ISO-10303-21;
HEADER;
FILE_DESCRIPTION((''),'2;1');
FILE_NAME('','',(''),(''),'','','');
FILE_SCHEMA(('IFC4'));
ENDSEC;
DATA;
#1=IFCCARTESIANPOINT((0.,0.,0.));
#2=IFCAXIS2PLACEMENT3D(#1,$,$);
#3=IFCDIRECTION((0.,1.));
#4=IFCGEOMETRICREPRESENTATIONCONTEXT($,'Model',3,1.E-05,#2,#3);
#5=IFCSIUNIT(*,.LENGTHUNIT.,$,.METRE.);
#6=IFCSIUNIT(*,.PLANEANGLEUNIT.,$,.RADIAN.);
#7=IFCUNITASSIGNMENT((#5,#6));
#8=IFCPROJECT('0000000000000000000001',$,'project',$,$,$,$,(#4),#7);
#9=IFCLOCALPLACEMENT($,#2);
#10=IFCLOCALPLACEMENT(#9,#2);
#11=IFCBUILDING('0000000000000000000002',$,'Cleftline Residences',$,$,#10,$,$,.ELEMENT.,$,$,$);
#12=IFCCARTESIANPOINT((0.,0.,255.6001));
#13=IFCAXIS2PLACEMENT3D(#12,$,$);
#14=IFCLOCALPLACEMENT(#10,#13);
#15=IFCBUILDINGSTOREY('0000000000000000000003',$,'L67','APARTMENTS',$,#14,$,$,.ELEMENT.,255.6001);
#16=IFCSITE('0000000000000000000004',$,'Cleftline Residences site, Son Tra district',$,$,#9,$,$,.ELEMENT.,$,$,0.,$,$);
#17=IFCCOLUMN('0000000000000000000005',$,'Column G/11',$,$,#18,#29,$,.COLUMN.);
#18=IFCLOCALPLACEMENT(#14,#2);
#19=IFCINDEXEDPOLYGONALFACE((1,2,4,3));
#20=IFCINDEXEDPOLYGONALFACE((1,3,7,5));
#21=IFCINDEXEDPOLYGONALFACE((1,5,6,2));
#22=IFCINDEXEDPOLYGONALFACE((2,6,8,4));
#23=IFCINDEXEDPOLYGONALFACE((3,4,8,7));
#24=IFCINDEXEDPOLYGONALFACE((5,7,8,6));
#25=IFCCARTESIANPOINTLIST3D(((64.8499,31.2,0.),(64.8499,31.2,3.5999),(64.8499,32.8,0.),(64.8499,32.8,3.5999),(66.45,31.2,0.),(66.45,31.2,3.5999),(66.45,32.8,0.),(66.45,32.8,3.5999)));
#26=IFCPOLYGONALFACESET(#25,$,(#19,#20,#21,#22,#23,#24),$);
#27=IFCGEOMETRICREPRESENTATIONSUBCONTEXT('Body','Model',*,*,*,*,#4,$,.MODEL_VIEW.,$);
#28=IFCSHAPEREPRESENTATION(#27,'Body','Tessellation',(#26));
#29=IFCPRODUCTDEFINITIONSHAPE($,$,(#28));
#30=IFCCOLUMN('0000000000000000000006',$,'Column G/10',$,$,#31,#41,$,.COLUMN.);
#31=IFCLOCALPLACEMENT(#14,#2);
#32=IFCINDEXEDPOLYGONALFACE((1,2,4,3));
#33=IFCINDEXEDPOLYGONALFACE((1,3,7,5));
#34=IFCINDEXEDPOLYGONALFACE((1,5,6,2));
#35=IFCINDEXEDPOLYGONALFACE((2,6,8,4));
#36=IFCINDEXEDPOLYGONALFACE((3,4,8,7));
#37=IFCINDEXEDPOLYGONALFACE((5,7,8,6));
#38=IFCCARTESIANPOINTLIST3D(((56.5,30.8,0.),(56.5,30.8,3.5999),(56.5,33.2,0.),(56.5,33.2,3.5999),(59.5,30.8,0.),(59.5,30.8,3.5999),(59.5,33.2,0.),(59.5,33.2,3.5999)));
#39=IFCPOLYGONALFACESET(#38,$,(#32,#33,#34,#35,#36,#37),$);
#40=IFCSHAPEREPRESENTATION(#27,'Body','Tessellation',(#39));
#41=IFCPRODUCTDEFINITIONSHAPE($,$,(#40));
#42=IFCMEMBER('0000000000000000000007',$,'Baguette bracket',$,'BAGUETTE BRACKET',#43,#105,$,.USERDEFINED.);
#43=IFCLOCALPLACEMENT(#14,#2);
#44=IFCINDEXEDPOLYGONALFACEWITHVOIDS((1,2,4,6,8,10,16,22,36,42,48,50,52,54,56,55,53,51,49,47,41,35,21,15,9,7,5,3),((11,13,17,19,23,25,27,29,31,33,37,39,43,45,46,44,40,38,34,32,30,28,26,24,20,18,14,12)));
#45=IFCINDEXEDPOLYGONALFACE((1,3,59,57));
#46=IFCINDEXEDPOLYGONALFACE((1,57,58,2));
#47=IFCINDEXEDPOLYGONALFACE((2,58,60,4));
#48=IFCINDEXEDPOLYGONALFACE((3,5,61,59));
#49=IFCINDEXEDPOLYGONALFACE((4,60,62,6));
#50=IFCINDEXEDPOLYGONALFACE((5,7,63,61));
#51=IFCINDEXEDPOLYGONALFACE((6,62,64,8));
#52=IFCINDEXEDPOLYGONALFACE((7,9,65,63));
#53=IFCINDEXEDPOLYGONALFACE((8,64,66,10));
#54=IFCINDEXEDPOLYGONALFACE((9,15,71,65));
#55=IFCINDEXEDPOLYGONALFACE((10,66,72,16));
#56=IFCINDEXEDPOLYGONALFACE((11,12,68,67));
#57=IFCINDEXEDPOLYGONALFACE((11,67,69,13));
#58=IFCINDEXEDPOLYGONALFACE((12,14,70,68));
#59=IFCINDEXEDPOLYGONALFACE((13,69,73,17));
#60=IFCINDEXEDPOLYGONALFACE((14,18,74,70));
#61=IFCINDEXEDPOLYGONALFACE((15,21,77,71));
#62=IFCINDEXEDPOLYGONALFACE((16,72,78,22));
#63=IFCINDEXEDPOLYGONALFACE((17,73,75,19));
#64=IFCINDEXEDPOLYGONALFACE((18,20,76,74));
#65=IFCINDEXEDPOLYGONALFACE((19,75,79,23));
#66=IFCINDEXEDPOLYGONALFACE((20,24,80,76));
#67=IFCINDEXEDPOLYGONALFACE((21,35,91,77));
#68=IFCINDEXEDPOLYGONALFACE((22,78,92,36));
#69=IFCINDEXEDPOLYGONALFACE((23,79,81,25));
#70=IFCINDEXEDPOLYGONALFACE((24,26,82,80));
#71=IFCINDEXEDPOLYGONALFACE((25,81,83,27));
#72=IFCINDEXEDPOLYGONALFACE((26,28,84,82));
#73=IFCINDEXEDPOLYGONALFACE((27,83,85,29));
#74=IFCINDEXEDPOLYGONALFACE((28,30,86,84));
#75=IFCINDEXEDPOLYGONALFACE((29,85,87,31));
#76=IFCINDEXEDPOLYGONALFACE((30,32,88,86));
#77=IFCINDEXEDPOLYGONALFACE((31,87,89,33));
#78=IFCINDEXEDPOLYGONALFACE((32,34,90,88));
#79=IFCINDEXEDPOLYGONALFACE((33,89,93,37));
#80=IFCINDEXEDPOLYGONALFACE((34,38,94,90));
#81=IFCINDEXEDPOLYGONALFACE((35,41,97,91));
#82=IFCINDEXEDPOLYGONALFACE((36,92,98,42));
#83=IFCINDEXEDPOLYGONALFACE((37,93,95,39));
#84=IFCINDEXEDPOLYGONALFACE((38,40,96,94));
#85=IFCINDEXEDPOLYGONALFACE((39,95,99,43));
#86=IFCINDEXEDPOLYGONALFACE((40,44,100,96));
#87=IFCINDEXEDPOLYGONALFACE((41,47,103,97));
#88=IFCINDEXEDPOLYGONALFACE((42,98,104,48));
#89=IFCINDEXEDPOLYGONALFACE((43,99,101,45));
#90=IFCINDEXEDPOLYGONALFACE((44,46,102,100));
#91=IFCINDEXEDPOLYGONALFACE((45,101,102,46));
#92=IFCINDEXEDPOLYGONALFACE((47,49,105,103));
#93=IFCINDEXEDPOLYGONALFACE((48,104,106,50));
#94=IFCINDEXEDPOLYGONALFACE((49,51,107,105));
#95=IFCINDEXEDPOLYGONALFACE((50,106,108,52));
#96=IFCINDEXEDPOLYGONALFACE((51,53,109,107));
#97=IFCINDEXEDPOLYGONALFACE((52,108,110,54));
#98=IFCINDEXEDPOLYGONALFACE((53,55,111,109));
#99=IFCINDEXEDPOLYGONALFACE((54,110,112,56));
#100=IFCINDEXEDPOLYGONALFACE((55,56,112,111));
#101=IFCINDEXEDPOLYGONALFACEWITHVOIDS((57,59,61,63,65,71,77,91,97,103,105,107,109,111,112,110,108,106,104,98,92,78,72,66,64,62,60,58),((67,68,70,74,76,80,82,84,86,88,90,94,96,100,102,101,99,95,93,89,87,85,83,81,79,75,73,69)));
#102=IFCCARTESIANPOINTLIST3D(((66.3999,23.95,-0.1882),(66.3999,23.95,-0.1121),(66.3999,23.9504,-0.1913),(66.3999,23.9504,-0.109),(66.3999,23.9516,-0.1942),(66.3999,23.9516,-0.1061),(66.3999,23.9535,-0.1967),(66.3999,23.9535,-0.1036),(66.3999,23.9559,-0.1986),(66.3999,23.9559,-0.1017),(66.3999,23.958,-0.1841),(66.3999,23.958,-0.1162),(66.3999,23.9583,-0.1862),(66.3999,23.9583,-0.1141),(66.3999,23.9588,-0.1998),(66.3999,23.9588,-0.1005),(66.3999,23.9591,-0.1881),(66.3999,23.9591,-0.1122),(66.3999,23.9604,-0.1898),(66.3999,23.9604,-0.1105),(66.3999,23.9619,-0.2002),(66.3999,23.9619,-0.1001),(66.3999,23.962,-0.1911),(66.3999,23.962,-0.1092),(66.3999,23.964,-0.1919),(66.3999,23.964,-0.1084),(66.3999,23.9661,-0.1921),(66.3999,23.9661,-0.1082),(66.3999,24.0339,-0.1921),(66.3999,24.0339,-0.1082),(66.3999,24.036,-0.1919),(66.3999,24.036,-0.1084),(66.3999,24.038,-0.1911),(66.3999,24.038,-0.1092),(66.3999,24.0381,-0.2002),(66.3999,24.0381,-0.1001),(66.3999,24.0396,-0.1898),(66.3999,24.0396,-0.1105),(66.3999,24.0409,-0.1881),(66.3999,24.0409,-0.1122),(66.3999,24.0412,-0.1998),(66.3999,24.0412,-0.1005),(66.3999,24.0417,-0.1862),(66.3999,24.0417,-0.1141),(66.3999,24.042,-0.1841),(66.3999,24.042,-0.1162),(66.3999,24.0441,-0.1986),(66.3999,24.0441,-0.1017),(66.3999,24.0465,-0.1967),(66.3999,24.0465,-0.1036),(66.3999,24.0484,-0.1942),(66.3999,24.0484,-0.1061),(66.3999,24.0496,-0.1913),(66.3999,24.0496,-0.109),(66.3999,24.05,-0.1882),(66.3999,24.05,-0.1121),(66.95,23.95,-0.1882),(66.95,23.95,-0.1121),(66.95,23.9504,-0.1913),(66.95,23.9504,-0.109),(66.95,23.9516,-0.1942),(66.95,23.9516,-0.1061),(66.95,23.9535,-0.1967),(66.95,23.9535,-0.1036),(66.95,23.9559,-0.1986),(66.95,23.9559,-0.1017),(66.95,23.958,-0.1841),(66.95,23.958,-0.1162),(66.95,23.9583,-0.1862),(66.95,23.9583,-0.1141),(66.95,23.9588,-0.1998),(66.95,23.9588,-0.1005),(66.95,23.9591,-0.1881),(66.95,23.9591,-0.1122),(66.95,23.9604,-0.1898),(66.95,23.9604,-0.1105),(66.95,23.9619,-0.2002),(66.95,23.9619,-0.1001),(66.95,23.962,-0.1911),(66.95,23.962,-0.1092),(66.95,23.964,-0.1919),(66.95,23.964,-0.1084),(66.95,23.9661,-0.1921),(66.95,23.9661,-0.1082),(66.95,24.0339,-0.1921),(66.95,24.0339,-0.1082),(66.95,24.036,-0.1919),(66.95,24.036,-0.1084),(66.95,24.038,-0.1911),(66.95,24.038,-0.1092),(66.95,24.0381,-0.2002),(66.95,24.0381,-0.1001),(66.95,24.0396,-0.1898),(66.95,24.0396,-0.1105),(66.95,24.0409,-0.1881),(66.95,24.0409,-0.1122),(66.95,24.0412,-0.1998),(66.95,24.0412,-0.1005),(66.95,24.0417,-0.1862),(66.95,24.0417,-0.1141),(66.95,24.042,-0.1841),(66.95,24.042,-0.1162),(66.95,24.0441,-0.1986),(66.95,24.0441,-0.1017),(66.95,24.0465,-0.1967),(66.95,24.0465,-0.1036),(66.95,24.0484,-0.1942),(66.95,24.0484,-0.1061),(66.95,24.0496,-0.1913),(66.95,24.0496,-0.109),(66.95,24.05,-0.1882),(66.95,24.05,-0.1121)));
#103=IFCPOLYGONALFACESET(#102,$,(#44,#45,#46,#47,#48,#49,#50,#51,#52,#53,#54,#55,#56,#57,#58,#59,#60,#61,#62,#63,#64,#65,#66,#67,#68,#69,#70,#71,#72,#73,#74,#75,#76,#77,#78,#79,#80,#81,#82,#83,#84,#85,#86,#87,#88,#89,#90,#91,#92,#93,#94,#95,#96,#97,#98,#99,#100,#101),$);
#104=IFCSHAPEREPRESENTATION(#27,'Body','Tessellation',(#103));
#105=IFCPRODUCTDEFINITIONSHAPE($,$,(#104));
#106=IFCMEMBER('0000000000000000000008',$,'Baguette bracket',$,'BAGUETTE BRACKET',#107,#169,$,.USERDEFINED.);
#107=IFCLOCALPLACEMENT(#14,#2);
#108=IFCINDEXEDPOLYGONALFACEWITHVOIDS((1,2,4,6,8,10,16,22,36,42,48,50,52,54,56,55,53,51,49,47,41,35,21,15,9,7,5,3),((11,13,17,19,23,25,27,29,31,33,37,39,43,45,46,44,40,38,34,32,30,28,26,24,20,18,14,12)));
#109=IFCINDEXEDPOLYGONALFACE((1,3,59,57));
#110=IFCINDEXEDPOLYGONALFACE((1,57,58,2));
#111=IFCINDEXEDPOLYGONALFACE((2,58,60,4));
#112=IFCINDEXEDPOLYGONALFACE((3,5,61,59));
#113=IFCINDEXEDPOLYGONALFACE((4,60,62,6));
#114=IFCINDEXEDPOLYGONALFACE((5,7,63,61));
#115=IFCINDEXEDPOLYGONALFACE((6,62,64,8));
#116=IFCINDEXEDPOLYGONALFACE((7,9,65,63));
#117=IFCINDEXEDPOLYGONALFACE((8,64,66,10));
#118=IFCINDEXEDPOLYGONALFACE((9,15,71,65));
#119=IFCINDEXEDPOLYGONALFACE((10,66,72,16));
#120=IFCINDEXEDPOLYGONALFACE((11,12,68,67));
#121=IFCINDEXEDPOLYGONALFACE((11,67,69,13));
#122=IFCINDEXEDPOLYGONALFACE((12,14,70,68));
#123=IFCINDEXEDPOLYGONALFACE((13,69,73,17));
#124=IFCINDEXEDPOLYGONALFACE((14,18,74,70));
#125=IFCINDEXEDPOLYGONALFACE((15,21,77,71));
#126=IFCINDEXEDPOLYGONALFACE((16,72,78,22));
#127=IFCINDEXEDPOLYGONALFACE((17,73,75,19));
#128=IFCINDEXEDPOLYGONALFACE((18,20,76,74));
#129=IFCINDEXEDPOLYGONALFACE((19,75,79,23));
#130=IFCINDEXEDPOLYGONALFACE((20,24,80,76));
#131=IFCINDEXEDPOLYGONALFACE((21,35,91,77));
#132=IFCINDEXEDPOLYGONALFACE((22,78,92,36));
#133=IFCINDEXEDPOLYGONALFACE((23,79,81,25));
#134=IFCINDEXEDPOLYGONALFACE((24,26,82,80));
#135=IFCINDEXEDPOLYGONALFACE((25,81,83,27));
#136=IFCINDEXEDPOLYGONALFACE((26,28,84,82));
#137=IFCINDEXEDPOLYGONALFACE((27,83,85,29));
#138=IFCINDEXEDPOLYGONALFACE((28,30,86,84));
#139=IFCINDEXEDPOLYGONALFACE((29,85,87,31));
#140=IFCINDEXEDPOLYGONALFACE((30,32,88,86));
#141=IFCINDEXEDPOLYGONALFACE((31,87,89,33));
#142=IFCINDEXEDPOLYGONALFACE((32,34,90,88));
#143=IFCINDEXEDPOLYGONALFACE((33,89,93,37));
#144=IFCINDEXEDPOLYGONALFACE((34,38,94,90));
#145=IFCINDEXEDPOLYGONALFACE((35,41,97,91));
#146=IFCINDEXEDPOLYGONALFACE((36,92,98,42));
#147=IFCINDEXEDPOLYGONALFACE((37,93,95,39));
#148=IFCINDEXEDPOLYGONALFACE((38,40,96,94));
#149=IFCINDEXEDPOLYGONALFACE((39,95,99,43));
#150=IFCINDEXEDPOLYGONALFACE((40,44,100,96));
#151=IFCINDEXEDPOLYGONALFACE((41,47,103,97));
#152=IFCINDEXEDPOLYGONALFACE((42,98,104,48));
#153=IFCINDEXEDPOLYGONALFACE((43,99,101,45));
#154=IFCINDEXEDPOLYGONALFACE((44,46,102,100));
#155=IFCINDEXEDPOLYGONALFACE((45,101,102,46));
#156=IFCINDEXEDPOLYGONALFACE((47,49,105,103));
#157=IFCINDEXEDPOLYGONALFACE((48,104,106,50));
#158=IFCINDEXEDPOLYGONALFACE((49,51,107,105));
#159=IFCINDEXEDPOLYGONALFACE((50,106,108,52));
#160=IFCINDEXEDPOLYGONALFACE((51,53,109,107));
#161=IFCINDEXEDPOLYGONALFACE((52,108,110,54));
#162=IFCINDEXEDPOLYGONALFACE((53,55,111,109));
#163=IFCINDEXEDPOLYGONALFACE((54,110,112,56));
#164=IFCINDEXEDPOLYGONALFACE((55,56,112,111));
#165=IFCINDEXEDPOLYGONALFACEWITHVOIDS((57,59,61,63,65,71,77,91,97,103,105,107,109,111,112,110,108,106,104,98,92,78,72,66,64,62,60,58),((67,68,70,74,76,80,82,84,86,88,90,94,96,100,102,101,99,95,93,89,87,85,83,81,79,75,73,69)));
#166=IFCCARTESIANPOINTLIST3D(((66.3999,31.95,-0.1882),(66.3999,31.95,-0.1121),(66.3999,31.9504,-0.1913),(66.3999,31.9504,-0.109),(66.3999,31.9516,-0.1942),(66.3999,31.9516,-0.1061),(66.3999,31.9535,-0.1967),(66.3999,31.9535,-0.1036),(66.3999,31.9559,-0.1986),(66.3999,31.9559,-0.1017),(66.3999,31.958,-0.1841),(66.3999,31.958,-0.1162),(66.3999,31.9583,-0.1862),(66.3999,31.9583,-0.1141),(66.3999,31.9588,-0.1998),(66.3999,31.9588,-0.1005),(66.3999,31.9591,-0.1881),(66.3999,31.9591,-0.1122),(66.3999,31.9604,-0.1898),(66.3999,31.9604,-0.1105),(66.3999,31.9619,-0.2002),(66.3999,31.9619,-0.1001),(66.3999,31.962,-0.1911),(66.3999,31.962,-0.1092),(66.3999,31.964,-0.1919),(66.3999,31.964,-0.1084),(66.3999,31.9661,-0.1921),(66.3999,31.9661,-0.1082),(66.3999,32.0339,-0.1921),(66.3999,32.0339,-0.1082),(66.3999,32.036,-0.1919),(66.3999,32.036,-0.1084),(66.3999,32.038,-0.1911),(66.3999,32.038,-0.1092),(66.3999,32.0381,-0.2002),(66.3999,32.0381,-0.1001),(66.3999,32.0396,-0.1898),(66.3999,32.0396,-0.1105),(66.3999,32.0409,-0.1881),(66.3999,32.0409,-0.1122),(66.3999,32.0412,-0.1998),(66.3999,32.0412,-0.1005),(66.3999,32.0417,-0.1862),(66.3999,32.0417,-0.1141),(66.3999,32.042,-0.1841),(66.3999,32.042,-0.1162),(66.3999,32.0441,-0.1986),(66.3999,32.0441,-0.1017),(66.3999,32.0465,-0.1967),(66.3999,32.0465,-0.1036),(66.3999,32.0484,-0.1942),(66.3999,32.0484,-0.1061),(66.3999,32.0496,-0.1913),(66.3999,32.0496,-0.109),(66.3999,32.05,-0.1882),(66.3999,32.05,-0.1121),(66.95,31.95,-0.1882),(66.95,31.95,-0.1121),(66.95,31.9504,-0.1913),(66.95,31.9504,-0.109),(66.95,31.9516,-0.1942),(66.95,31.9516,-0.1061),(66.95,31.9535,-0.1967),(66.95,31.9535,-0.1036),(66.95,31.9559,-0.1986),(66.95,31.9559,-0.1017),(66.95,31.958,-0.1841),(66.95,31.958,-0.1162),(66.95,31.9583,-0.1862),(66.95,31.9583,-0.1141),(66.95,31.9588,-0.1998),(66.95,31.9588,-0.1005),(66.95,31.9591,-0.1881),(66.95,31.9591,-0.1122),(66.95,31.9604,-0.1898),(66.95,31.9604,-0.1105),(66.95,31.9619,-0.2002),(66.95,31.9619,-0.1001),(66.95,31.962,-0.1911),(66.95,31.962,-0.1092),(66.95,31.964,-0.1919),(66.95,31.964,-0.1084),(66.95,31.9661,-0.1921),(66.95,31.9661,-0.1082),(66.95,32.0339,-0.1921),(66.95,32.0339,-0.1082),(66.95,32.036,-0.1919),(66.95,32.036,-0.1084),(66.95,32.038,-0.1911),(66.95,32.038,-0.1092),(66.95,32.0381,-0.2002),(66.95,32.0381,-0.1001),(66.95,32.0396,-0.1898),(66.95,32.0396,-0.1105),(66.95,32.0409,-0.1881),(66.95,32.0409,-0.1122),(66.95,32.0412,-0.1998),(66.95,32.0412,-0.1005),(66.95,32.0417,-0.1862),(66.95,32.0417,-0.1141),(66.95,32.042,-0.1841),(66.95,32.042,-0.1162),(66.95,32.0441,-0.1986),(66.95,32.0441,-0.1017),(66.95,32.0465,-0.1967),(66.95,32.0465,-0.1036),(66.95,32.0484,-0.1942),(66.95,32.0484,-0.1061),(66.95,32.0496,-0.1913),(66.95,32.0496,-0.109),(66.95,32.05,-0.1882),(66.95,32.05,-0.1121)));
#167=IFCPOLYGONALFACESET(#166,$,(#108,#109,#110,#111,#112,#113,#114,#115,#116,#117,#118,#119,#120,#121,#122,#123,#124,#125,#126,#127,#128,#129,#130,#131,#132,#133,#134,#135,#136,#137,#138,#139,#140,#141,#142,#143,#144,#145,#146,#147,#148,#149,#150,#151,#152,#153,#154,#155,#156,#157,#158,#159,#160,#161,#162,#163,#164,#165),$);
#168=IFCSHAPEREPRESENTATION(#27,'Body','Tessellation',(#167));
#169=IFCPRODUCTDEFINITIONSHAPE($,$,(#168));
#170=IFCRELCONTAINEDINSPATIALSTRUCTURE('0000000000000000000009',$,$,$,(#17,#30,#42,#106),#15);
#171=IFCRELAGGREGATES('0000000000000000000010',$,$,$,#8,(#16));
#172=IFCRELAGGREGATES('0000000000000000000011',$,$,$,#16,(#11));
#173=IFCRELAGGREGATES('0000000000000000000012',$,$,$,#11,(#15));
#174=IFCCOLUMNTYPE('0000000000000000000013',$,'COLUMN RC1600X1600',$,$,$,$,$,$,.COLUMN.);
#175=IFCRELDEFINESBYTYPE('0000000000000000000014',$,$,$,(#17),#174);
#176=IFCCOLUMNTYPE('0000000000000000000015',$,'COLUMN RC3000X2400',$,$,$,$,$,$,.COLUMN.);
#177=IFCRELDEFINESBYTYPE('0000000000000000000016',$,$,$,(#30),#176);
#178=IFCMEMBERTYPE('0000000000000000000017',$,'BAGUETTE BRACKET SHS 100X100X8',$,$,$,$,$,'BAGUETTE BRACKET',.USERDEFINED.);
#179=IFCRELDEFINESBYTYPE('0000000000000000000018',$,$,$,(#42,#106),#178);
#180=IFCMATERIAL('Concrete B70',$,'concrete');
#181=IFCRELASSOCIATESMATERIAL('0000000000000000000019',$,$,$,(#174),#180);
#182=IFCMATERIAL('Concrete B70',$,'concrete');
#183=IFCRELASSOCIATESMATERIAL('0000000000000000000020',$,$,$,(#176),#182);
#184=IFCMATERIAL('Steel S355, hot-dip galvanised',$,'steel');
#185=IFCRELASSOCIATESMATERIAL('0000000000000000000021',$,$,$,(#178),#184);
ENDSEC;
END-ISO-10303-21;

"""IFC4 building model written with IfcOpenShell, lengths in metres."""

from ifc_helpers import new_model, si_unit, direction, frame, origin, origin_2d, place, context, subcontext, project, spatial, rectangle, hollow_rectangle, extrude, material, material_profile, profile_set, type_object, element, save


model = new_model("IFC4")

# Units and contexts
model_context = context("Model", 3, precision=1e-05, world=origin(), true_north=direction((0.0, 1.0)))
body_context = subcontext(model_context, "Body", "Model", "MODEL_VIEW")
ifc_project = project(units=[si_unit("LENGTHUNIT", "METRE"), si_unit("PLANEANGLEUNIT", "RADIAN")], contexts=[model_context])

# Site, building, storey
site_placement = place(None, origin())
site = spatial("IfcSite", under=ifc_project, at=site_placement, Name="Cleftline Residences site, Son Tra district", CompositionType="ELEMENT", RefElevation=0.0)
building_placement = place(site_placement, origin())
building = spatial("IfcBuilding", under=site, at=building_placement, Name="Cleftline Residences", CompositionType="ELEMENT")
storey_placement = place(building_placement, frame((0.0, 0.0, 255.6001)))
storey = spatial("IfcBuildingStorey", under=building, at=storey_placement, Name="L67", Description="APARTMENTS", CompositionType="ELEMENT", Elevation=255.6001)

# Columns
ifc_material_1 = material(Name="Concrete B70", Category="concrete")
ifc_material_profile_1 = material_profile(ifc_material_1, rectangle(XDim=1.6001, YDim=1.6001, at=origin_2d()))
ifc_profile_set_1 = profile_set([ifc_material_profile_1], Name="Concrete B70")
column_type_1 = type_object("IfcColumnType", Name="COLUMN RC1600X1600", PredefinedType="COLUMN", material=ifc_profile_set_1)
column_1_placement = place(storey_placement, frame((65.6499, 32.0, 0.0), z_axis=(0.0, 0.0, 1.0), x_axis=(1.0, 0.0, 0.0)))
element("IfcColumn", 1, at=column_1_placement, inside=storey, type_object=column_type_1, Name="Column G/11", PredefinedType="COLUMN", context=body_context, shape_type="SweptSolid", body=[
    extrude(rectangle(XDim=1.6001, YDim=1.6001, at=origin_2d()), origin(), (0.0, 0.0, 1.0), 3.5999),
])
ifc_material_2 = material(Name="Concrete B70", Category="concrete")
ifc_material_profile_2 = material_profile(ifc_material_2, rectangle(XDim=3.0, YDim=2.3999, at=origin_2d()))
ifc_profile_set_2 = profile_set([ifc_material_profile_2], Name="Concrete B70")
column_type_2 = type_object("IfcColumnType", Name="COLUMN RC3000X2400", PredefinedType="COLUMN", material=ifc_profile_set_2)
column_2_placement = place(storey_placement, frame((58.0, 32.0, 0.0), z_axis=(0.0, 0.0, 1.0), x_axis=(1.0, 0.0, 0.0)))
element("IfcColumn", 2, at=column_2_placement, inside=storey, type_object=column_type_2, Name="Column G/10", PredefinedType="COLUMN", context=body_context, shape_type="SweptSolid", body=[
    extrude(rectangle(XDim=3.0, YDim=2.3999, at=origin_2d()), origin(), (0.0, 0.0, 1.0), 3.5999),
])

# Members
ifc_material_3 = material(Name="Steel S355, hot-dip galvanised", Category="steel")
ifc_material_profile_3 = material_profile(ifc_material_3, hollow_rectangle(XDim=0.1001, YDim=0.1001, WallThickness=0.0081, InnerFilletRadius=0.0081, OuterFilletRadius=0.012, at=origin_2d()))
ifc_profile_set_3 = profile_set([ifc_material_profile_3], Name="Steel S355, hot-dip galvanised")
member_type_1 = type_object("IfcMemberType", Name="BAGUETTE BRACKET SHS 100X100X8", ElementType="BAGUETTE BRACKET", PredefinedType="USERDEFINED", material=ifc_profile_set_3)
for number, where, z_axis, x_axis, name in (
    (3, (66.3999, 24.0, -0.1501), (1.0, 0.0, 0.0), (0.0, 1.0, 0.0), "Baguette bracket"),
    (4, (66.3999, 32.0, -0.1501), (1.0, 0.0, 0.0), (0.0, 1.0, 0.0), "Baguette bracket"),
):
    element("IfcMember", number, at=place(storey_placement, frame(where, z_axis=z_axis, x_axis=x_axis)), inside=storey, type_object=member_type_1, Name=name, ObjectType="BAGUETTE BRACKET", PredefinedType="USERDEFINED", context=body_context, shape_type="SweptSolid", body=[
        extrude(hollow_rectangle(XDim=0.1001, YDim=0.1001, WallThickness=0.0081, InnerFilletRadius=0.0081, OuterFilletRadius=0.012, at=origin_2d()), origin(), (0.0, 0.0, 1.0), 0.55),
    ])

save(model, "model.ifc")
